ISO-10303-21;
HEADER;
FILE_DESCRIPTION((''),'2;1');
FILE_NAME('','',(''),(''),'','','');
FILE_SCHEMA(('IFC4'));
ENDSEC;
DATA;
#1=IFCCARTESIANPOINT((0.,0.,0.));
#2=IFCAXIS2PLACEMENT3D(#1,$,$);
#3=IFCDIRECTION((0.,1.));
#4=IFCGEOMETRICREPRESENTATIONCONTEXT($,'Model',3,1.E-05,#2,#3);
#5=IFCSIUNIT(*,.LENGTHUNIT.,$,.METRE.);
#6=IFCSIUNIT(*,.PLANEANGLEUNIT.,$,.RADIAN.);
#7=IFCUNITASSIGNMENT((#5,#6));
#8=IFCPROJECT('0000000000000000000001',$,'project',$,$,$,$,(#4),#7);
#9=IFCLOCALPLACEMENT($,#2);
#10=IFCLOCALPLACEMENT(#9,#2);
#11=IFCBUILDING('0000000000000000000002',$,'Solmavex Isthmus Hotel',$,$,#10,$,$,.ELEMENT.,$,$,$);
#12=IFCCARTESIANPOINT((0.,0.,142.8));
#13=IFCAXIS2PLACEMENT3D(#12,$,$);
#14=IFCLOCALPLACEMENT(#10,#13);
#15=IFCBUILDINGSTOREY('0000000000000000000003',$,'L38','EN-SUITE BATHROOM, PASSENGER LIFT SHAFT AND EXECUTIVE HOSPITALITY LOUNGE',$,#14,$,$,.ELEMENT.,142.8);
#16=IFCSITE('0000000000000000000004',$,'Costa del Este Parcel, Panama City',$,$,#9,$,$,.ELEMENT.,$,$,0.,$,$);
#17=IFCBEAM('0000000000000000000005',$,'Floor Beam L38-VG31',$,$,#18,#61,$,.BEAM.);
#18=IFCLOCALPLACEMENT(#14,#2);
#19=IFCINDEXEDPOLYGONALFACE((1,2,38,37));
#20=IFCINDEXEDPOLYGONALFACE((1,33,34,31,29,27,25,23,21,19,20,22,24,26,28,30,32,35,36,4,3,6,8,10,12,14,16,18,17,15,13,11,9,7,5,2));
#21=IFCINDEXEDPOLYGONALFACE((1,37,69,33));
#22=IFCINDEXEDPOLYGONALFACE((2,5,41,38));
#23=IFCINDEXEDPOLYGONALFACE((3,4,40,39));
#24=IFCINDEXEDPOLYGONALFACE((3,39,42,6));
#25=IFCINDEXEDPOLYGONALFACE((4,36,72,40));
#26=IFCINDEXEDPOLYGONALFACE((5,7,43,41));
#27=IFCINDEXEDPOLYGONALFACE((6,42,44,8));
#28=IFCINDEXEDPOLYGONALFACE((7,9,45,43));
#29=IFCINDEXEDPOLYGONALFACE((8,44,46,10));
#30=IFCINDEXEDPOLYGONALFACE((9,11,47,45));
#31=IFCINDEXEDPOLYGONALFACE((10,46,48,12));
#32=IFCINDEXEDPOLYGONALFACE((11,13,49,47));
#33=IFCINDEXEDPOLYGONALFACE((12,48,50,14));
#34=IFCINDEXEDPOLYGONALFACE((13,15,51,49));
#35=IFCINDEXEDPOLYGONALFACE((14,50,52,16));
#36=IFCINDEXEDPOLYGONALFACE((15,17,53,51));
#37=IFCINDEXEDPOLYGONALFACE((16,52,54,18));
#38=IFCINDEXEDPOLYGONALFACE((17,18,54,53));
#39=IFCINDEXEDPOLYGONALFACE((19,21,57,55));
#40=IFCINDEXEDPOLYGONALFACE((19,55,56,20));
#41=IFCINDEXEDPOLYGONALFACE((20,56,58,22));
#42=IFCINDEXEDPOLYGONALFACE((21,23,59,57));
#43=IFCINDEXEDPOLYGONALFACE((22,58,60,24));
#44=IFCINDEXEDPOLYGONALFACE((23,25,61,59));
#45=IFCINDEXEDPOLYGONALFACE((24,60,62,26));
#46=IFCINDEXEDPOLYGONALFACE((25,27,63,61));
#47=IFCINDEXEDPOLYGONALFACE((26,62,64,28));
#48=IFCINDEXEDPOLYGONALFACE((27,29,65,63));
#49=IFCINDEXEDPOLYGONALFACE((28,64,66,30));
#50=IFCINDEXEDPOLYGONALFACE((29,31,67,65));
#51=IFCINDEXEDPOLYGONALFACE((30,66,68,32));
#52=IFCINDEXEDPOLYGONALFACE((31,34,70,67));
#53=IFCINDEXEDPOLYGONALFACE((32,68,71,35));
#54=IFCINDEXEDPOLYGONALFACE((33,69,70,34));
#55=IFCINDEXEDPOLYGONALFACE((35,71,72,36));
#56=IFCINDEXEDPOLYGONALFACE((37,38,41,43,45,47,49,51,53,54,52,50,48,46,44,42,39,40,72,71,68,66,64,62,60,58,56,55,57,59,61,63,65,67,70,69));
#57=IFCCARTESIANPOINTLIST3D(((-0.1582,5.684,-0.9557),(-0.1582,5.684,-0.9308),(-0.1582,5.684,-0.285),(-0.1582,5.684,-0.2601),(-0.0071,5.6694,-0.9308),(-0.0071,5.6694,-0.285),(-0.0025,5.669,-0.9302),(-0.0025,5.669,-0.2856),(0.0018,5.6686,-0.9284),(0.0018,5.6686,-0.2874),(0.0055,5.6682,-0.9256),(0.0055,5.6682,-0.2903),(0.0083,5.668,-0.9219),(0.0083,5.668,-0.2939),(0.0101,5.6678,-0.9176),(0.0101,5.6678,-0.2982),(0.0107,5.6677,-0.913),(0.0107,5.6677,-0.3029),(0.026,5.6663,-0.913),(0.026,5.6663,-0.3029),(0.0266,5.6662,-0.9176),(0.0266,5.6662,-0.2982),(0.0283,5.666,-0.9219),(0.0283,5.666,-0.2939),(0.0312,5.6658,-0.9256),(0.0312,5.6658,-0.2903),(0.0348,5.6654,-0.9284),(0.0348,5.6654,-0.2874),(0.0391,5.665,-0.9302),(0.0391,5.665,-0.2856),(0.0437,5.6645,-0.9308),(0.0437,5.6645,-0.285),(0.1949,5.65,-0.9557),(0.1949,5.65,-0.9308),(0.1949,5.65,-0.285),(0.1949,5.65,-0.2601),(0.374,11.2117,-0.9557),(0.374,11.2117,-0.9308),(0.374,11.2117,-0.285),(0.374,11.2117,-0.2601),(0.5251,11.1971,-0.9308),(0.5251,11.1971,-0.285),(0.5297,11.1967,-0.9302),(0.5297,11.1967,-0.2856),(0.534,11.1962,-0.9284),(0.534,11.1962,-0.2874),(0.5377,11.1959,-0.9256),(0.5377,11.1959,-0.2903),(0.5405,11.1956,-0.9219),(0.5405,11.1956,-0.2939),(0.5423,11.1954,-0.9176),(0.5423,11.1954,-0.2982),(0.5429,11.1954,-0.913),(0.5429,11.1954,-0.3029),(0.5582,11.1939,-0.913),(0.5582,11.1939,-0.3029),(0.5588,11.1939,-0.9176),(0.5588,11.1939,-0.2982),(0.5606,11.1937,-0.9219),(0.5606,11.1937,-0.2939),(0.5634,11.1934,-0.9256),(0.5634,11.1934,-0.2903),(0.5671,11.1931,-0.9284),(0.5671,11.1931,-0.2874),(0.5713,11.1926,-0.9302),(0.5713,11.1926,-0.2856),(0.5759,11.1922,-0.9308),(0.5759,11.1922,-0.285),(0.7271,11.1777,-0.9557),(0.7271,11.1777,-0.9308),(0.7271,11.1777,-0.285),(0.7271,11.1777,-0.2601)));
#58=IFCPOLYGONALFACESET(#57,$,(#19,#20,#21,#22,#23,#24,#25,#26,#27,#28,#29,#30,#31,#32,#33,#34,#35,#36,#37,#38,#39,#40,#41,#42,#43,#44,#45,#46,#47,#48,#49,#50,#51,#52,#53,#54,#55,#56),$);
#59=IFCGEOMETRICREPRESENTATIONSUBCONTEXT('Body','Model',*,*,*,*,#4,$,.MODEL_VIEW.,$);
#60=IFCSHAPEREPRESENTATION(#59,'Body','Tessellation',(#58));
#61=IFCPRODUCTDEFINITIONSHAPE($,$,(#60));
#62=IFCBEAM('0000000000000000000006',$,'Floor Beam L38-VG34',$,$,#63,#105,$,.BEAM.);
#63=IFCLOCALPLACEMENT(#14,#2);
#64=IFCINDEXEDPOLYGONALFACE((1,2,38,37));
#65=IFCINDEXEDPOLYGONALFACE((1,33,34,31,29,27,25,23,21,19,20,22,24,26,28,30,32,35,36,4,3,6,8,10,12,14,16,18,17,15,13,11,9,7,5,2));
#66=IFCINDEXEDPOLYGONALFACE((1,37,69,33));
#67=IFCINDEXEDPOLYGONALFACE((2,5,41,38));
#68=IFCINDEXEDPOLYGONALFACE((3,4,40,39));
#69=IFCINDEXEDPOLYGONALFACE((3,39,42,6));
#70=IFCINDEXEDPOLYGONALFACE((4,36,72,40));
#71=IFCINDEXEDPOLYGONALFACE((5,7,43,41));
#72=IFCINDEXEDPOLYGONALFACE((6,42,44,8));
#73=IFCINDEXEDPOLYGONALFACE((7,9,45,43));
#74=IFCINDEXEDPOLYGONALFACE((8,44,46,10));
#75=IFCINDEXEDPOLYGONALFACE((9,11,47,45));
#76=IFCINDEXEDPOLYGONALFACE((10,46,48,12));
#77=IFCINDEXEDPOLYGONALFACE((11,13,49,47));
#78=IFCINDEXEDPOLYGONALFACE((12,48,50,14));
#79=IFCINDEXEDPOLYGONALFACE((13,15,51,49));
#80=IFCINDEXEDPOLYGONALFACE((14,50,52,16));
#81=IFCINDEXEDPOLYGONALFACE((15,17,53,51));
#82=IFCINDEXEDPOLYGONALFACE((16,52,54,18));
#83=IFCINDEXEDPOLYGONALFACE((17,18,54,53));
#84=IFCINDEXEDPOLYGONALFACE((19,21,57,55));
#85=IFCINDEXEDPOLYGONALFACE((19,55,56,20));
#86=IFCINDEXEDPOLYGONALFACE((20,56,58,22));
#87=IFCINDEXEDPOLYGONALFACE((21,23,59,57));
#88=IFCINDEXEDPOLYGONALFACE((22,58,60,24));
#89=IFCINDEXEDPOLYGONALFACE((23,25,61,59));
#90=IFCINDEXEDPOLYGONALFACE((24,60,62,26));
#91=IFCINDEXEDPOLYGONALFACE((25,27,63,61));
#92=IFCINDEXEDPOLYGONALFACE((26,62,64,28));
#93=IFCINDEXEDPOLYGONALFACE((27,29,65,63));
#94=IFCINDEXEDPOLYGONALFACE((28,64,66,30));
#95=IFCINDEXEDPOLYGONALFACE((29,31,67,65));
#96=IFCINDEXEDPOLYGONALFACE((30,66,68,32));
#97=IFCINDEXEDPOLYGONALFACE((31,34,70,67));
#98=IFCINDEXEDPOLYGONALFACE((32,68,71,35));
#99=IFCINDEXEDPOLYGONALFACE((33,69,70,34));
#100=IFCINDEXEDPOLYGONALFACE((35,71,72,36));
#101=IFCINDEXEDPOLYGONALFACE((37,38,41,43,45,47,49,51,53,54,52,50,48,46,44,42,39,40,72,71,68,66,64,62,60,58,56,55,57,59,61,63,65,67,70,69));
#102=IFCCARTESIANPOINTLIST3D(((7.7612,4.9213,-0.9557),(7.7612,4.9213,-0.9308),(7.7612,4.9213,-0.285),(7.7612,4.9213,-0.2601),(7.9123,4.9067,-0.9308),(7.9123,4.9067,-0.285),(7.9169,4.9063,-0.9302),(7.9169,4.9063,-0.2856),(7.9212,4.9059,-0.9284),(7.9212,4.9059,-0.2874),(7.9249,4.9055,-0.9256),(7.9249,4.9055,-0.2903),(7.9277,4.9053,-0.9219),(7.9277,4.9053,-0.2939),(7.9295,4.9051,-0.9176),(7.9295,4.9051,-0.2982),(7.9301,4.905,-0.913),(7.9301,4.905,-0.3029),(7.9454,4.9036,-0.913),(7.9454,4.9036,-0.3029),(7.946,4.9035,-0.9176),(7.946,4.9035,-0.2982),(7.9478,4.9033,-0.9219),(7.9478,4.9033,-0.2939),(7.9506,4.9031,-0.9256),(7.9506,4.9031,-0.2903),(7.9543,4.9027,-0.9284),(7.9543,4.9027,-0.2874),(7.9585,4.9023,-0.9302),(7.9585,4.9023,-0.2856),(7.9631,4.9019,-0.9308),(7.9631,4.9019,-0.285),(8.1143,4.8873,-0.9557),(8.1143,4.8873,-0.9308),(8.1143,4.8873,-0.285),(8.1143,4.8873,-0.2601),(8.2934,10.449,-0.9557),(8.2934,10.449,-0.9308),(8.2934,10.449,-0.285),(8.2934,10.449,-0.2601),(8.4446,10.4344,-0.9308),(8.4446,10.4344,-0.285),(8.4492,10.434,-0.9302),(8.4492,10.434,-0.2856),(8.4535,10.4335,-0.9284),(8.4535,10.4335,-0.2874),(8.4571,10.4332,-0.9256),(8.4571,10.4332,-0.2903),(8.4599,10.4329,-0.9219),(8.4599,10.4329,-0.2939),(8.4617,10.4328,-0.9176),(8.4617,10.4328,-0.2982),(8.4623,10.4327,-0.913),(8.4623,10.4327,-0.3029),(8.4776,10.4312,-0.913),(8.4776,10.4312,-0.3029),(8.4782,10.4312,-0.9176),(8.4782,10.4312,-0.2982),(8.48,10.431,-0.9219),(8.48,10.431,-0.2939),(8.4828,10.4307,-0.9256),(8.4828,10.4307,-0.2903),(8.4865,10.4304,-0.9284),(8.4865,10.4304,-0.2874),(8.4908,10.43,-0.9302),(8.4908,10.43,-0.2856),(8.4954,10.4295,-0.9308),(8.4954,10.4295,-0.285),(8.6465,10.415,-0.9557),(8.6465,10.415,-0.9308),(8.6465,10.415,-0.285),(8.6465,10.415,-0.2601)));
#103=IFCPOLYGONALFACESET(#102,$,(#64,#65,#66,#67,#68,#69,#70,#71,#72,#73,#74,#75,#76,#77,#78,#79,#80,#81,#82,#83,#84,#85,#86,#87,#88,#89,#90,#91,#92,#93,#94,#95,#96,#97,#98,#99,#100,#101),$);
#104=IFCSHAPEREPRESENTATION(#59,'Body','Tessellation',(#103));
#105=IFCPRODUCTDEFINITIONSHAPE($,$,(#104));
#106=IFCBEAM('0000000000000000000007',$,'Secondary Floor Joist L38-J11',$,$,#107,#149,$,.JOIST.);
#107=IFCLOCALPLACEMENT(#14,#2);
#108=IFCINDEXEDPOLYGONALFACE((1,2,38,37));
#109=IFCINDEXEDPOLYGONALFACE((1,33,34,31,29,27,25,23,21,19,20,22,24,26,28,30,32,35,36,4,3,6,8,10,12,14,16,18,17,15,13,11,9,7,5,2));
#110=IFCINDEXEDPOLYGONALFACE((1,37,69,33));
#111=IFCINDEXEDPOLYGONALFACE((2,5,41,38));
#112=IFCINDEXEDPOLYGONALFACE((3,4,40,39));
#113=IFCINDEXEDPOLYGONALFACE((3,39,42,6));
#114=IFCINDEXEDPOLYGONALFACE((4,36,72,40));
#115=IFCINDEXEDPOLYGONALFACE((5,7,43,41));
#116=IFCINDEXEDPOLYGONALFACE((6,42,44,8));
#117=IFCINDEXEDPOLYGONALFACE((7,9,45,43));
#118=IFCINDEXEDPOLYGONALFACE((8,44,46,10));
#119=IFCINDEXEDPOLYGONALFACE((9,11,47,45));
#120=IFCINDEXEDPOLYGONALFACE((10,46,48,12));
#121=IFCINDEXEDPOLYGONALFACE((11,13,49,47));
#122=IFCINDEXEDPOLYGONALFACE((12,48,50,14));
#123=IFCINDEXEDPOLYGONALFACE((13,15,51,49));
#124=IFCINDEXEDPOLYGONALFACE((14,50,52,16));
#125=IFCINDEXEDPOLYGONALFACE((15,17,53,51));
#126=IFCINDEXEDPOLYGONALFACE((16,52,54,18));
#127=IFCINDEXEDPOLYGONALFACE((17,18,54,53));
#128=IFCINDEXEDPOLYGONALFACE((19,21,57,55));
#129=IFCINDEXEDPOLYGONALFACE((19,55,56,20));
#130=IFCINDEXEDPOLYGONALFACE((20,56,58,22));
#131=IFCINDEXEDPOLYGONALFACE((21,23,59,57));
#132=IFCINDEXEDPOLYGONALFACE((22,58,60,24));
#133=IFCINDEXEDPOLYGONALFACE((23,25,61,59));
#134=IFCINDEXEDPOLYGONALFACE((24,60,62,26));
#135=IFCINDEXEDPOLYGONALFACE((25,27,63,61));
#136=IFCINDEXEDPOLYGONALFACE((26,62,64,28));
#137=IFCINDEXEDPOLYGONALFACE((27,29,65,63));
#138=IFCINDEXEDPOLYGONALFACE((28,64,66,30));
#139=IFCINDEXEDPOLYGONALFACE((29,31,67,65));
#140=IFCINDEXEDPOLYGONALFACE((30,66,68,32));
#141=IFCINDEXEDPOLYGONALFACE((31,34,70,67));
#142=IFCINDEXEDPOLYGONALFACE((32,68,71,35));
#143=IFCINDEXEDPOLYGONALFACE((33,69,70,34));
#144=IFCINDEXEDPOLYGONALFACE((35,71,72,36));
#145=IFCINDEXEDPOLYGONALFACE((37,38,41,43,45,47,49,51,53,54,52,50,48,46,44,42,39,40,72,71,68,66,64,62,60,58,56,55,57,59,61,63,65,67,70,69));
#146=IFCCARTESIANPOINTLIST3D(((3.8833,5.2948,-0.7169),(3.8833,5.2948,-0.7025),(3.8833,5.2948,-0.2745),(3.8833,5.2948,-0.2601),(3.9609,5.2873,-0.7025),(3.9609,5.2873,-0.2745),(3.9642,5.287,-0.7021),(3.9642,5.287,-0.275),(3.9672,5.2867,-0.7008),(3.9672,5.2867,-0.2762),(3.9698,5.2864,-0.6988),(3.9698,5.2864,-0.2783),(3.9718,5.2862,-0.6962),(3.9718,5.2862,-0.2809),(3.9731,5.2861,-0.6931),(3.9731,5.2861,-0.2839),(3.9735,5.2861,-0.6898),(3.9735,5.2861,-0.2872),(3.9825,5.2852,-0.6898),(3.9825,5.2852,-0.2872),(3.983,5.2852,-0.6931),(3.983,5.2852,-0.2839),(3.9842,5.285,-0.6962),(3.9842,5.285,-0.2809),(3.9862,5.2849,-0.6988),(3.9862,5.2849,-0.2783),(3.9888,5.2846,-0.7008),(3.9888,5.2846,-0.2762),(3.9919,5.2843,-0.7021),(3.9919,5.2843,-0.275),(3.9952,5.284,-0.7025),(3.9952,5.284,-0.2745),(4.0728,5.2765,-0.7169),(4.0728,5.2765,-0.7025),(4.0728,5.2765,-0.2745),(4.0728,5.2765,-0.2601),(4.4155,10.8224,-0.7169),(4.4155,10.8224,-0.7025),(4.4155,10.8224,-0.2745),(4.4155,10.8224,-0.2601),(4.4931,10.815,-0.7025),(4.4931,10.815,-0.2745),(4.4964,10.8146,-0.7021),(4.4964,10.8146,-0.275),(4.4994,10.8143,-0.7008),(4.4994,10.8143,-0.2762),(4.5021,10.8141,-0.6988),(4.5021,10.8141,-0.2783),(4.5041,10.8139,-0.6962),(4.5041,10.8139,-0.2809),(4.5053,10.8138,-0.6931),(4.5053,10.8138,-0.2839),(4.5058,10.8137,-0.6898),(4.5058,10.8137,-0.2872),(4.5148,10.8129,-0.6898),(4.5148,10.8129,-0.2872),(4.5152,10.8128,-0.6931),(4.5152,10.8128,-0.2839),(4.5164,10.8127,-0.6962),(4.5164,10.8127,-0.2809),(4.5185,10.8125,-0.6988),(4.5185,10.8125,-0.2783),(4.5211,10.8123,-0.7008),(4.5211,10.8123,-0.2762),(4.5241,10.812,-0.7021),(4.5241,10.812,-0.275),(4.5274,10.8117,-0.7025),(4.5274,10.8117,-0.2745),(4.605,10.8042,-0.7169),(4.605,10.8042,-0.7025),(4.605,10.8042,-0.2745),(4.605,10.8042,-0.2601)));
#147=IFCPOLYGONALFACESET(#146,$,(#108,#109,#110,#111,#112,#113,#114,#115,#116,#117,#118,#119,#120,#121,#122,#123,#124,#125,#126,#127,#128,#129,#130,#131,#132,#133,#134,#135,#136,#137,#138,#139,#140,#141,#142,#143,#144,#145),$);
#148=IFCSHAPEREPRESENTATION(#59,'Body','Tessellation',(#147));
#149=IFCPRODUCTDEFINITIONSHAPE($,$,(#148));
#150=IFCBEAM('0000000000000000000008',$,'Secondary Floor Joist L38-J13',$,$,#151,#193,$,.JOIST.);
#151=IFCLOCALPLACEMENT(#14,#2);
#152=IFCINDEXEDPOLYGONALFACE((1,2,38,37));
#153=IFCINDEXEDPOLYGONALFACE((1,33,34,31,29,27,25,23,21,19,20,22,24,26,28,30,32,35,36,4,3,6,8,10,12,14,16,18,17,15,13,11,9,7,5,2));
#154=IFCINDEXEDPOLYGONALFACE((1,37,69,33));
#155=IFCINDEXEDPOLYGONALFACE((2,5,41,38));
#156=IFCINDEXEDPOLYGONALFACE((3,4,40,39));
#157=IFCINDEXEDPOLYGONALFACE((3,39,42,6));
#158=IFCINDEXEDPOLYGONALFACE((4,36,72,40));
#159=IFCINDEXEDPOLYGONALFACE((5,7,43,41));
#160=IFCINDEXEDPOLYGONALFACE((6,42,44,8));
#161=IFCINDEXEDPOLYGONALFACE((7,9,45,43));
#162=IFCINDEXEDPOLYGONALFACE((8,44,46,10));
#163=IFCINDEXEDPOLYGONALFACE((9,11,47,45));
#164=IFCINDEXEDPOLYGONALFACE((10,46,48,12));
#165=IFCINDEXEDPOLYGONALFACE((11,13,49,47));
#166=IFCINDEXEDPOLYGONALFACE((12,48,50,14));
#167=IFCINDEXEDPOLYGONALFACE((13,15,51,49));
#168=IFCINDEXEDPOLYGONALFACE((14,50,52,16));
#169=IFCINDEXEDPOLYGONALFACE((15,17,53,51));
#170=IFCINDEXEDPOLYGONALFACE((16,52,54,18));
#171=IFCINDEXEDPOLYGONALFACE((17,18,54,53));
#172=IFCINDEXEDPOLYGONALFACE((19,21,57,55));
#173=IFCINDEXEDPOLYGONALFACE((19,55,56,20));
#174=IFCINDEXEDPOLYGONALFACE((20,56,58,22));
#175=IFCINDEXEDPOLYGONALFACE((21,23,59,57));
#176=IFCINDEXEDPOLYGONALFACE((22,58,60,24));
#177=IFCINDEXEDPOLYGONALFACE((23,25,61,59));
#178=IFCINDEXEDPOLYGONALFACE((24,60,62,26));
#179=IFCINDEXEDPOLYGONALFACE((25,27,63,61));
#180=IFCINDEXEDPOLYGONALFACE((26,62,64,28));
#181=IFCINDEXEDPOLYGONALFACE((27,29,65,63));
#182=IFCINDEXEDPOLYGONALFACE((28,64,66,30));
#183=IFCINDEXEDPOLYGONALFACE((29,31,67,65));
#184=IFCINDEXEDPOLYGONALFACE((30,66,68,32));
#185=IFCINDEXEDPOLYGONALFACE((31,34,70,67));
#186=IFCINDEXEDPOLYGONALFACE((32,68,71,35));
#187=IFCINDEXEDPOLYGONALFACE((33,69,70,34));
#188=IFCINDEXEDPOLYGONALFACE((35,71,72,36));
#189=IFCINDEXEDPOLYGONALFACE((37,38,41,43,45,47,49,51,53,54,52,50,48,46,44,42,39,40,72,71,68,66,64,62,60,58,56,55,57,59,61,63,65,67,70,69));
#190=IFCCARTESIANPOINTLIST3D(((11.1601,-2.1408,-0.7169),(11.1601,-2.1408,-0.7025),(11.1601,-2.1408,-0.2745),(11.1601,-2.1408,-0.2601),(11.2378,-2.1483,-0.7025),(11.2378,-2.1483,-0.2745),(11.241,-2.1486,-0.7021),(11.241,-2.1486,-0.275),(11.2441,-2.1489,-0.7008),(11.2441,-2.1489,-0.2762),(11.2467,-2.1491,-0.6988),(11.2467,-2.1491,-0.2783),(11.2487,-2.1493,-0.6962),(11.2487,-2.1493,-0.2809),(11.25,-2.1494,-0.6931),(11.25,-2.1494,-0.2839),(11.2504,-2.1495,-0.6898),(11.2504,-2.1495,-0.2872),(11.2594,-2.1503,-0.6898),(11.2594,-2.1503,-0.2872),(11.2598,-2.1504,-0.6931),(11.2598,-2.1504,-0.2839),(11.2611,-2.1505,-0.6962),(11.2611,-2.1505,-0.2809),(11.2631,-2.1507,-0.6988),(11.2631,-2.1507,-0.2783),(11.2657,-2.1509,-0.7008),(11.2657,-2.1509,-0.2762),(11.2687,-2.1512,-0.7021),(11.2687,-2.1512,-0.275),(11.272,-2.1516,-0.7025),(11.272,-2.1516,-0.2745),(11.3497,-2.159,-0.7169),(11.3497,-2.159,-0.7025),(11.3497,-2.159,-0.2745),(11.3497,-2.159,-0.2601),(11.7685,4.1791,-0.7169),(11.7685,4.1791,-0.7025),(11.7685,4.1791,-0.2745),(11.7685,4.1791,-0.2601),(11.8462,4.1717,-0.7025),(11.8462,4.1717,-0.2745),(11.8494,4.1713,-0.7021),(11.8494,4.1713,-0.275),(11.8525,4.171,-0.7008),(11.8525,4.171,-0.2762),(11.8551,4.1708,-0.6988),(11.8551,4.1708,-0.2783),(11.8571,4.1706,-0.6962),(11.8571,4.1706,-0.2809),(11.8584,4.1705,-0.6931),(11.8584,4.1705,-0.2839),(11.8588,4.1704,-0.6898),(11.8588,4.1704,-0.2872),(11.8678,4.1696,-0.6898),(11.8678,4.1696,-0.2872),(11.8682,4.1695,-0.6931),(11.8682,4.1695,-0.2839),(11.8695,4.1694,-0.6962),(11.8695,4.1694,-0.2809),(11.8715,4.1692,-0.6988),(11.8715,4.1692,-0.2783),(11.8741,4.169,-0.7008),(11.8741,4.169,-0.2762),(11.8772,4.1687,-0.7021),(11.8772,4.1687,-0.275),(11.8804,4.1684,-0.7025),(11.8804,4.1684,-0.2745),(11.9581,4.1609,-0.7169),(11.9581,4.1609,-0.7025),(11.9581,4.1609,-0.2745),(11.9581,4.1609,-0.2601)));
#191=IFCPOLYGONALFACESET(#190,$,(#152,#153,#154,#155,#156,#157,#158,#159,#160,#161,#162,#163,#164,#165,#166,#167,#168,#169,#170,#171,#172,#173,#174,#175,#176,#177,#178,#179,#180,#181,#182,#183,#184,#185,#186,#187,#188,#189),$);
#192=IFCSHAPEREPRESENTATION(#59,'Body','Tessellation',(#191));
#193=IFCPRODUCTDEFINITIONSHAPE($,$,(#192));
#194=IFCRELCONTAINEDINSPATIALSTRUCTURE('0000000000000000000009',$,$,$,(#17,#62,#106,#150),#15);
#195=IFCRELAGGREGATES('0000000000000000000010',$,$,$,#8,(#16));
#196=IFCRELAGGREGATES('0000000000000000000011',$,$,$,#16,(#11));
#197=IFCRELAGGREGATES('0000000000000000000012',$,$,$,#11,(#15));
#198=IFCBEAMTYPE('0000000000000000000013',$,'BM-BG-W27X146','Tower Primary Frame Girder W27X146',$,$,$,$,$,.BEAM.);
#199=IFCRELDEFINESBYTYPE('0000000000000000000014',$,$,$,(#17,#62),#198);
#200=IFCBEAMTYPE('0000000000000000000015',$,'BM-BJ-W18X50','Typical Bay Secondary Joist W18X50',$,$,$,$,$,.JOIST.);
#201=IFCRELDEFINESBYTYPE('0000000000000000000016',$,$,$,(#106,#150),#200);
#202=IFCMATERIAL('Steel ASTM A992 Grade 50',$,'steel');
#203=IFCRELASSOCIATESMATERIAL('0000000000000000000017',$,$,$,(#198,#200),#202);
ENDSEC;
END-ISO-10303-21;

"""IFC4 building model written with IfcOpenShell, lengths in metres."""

from ifc_helpers import new_model, si_unit, direction, frame, origin, origin_2d, place, context, subcontext, project, spatial, i_section, extrude, material, material_profile, profile_set, type_object, element, save


model = new_model("IFC4")

# Units and contexts
model_context = context("Model", 3, precision=1e-05, world=origin(), true_north=direction((0.0, 1.0)))
body_context = subcontext(model_context, "Body", "Model", "MODEL_VIEW")
ifc_project = project(units=[si_unit("LENGTHUNIT", "METRE"), si_unit("PLANEANGLEUNIT", "RADIAN")], contexts=[model_context])

# Site, building, storey
site_placement = place(None, origin())
site = spatial("IfcSite", under=ifc_project, at=site_placement, Name="Costa del Este Parcel, Panama City", CompositionType="ELEMENT", RefElevation=0.0)
building_placement = place(site_placement, origin())
building = spatial("IfcBuilding", under=site, at=building_placement, Name="Solmavex Isthmus Hotel", CompositionType="ELEMENT")
storey_placement = place(building_placement, frame((0.0, 0.0, 142.8)))
storey = spatial("IfcBuildingStorey", under=building, at=storey_placement, Name="L38", Description="EN-SUITE BATHROOM, PASSENGER LIFT SHAFT AND EXECUTIVE HOSPITALITY LOUNGE", CompositionType="ELEMENT", Elevation=142.8)

# Beams
ifc_material_1 = material(Name="Steel ASTM A992 Grade 50", Category="steel")
ifc_material_profile_1 = material_profile(ifc_material_1, i_section(OverallWidth=0.3547, OverallDepth=0.6956, WebThickness=0.0154, FlangeThickness=0.0249, FilletRadius=0.0178, at=origin_2d()), Name="W27X146")
ifc_profile_set_1 = profile_set([ifc_material_profile_1], Name="Steel ASTM A992 Grade 50")
beam_type_1 = type_object("IfcBeamType", Name="BM-BG-W27X146", Description="Tower Primary Frame Girder W27X146", PredefinedType="BEAM", material=ifc_profile_set_1)
for number, where, z_axis, x_axis, name in (
    (1, (0.0183, 5.667, -0.6079), (0.095842, 0.995397, 0.0), (-0.995397, 0.095842, 0.0), "Floor Beam L38-VG31"),
    (2, (7.9377, 4.9043, -0.6079), (0.095842, 0.995397, 0.0), (-0.995397, 0.095842, 0.0), "Floor Beam L38-VG34"),
):
    element("IfcBeam", number, at=place(storey_placement, frame(where, z_axis=z_axis, x_axis=x_axis)), inside=storey, type_object=beam_type_1, Name=name, PredefinedType="BEAM", context=body_context, shape_type="SweptSolid", body=[
        extrude(i_section(OverallWidth=0.3547, OverallDepth=0.6956, WebThickness=0.0154, FlangeThickness=0.0249, FilletRadius=0.0178, at=origin_2d()), origin(), (0.0, 0.0, 1.0), 5.5532),
    ])
ifc_material_profile_2 = material_profile(ifc_material_1, i_section(OverallWidth=0.1904, OverallDepth=0.4568, WebThickness=0.009, FlangeThickness=0.0144, FilletRadius=0.0127, at=origin_2d()), Name="W18X50")
ifc_profile_set_2 = profile_set([ifc_material_profile_2], Name="Steel ASTM A992 Grade 50")
beam_type_2 = type_object("IfcBeamType", Name="BM-BJ-W18X50", Description="Typical Bay Secondary Joist W18X50", PredefinedType="JOIST", material=ifc_profile_set_2)
beam_1_placement = place(storey_placement, frame((3.978, 5.2856, -0.4885), z_axis=(0.095842, 0.995397, 0.0), x_axis=(-0.995397, 0.095842, 0.0)))
element("IfcBeam", 3, at=beam_1_placement, inside=storey, type_object=beam_type_2, Name="Secondary Floor Joist L38-J11", PredefinedType="JOIST", context=body_context, shape_type="SweptSolid", body=[
    extrude(i_section(OverallWidth=0.1904, OverallDepth=0.4568, WebThickness=0.009, FlangeThickness=0.0144, FilletRadius=0.0127, at=origin_2d()), origin(), (0.0, 0.0, 1.0), 5.5532),
])
beam_2_placement = place(storey_placement, frame((11.2549, -2.1499, -0.4885), z_axis=(0.095825, 0.995398, 0.0), x_axis=(-0.995398, 0.095825, 0.0)))
element("IfcBeam", 4, at=beam_2_placement, inside=storey, type_object=beam_type_2, Name="Secondary Floor Joist L38-J13", PredefinedType="JOIST", context=body_context, shape_type="SweptSolid", body=[
    extrude(i_section(OverallWidth=0.1904, OverallDepth=0.4568, WebThickness=0.009, FlangeThickness=0.0144, FilletRadius=0.0127, at=origin_2d()), origin(), (0.0, 0.0, 1.0), 6.3491),
])

save(model, "model.ifc")
